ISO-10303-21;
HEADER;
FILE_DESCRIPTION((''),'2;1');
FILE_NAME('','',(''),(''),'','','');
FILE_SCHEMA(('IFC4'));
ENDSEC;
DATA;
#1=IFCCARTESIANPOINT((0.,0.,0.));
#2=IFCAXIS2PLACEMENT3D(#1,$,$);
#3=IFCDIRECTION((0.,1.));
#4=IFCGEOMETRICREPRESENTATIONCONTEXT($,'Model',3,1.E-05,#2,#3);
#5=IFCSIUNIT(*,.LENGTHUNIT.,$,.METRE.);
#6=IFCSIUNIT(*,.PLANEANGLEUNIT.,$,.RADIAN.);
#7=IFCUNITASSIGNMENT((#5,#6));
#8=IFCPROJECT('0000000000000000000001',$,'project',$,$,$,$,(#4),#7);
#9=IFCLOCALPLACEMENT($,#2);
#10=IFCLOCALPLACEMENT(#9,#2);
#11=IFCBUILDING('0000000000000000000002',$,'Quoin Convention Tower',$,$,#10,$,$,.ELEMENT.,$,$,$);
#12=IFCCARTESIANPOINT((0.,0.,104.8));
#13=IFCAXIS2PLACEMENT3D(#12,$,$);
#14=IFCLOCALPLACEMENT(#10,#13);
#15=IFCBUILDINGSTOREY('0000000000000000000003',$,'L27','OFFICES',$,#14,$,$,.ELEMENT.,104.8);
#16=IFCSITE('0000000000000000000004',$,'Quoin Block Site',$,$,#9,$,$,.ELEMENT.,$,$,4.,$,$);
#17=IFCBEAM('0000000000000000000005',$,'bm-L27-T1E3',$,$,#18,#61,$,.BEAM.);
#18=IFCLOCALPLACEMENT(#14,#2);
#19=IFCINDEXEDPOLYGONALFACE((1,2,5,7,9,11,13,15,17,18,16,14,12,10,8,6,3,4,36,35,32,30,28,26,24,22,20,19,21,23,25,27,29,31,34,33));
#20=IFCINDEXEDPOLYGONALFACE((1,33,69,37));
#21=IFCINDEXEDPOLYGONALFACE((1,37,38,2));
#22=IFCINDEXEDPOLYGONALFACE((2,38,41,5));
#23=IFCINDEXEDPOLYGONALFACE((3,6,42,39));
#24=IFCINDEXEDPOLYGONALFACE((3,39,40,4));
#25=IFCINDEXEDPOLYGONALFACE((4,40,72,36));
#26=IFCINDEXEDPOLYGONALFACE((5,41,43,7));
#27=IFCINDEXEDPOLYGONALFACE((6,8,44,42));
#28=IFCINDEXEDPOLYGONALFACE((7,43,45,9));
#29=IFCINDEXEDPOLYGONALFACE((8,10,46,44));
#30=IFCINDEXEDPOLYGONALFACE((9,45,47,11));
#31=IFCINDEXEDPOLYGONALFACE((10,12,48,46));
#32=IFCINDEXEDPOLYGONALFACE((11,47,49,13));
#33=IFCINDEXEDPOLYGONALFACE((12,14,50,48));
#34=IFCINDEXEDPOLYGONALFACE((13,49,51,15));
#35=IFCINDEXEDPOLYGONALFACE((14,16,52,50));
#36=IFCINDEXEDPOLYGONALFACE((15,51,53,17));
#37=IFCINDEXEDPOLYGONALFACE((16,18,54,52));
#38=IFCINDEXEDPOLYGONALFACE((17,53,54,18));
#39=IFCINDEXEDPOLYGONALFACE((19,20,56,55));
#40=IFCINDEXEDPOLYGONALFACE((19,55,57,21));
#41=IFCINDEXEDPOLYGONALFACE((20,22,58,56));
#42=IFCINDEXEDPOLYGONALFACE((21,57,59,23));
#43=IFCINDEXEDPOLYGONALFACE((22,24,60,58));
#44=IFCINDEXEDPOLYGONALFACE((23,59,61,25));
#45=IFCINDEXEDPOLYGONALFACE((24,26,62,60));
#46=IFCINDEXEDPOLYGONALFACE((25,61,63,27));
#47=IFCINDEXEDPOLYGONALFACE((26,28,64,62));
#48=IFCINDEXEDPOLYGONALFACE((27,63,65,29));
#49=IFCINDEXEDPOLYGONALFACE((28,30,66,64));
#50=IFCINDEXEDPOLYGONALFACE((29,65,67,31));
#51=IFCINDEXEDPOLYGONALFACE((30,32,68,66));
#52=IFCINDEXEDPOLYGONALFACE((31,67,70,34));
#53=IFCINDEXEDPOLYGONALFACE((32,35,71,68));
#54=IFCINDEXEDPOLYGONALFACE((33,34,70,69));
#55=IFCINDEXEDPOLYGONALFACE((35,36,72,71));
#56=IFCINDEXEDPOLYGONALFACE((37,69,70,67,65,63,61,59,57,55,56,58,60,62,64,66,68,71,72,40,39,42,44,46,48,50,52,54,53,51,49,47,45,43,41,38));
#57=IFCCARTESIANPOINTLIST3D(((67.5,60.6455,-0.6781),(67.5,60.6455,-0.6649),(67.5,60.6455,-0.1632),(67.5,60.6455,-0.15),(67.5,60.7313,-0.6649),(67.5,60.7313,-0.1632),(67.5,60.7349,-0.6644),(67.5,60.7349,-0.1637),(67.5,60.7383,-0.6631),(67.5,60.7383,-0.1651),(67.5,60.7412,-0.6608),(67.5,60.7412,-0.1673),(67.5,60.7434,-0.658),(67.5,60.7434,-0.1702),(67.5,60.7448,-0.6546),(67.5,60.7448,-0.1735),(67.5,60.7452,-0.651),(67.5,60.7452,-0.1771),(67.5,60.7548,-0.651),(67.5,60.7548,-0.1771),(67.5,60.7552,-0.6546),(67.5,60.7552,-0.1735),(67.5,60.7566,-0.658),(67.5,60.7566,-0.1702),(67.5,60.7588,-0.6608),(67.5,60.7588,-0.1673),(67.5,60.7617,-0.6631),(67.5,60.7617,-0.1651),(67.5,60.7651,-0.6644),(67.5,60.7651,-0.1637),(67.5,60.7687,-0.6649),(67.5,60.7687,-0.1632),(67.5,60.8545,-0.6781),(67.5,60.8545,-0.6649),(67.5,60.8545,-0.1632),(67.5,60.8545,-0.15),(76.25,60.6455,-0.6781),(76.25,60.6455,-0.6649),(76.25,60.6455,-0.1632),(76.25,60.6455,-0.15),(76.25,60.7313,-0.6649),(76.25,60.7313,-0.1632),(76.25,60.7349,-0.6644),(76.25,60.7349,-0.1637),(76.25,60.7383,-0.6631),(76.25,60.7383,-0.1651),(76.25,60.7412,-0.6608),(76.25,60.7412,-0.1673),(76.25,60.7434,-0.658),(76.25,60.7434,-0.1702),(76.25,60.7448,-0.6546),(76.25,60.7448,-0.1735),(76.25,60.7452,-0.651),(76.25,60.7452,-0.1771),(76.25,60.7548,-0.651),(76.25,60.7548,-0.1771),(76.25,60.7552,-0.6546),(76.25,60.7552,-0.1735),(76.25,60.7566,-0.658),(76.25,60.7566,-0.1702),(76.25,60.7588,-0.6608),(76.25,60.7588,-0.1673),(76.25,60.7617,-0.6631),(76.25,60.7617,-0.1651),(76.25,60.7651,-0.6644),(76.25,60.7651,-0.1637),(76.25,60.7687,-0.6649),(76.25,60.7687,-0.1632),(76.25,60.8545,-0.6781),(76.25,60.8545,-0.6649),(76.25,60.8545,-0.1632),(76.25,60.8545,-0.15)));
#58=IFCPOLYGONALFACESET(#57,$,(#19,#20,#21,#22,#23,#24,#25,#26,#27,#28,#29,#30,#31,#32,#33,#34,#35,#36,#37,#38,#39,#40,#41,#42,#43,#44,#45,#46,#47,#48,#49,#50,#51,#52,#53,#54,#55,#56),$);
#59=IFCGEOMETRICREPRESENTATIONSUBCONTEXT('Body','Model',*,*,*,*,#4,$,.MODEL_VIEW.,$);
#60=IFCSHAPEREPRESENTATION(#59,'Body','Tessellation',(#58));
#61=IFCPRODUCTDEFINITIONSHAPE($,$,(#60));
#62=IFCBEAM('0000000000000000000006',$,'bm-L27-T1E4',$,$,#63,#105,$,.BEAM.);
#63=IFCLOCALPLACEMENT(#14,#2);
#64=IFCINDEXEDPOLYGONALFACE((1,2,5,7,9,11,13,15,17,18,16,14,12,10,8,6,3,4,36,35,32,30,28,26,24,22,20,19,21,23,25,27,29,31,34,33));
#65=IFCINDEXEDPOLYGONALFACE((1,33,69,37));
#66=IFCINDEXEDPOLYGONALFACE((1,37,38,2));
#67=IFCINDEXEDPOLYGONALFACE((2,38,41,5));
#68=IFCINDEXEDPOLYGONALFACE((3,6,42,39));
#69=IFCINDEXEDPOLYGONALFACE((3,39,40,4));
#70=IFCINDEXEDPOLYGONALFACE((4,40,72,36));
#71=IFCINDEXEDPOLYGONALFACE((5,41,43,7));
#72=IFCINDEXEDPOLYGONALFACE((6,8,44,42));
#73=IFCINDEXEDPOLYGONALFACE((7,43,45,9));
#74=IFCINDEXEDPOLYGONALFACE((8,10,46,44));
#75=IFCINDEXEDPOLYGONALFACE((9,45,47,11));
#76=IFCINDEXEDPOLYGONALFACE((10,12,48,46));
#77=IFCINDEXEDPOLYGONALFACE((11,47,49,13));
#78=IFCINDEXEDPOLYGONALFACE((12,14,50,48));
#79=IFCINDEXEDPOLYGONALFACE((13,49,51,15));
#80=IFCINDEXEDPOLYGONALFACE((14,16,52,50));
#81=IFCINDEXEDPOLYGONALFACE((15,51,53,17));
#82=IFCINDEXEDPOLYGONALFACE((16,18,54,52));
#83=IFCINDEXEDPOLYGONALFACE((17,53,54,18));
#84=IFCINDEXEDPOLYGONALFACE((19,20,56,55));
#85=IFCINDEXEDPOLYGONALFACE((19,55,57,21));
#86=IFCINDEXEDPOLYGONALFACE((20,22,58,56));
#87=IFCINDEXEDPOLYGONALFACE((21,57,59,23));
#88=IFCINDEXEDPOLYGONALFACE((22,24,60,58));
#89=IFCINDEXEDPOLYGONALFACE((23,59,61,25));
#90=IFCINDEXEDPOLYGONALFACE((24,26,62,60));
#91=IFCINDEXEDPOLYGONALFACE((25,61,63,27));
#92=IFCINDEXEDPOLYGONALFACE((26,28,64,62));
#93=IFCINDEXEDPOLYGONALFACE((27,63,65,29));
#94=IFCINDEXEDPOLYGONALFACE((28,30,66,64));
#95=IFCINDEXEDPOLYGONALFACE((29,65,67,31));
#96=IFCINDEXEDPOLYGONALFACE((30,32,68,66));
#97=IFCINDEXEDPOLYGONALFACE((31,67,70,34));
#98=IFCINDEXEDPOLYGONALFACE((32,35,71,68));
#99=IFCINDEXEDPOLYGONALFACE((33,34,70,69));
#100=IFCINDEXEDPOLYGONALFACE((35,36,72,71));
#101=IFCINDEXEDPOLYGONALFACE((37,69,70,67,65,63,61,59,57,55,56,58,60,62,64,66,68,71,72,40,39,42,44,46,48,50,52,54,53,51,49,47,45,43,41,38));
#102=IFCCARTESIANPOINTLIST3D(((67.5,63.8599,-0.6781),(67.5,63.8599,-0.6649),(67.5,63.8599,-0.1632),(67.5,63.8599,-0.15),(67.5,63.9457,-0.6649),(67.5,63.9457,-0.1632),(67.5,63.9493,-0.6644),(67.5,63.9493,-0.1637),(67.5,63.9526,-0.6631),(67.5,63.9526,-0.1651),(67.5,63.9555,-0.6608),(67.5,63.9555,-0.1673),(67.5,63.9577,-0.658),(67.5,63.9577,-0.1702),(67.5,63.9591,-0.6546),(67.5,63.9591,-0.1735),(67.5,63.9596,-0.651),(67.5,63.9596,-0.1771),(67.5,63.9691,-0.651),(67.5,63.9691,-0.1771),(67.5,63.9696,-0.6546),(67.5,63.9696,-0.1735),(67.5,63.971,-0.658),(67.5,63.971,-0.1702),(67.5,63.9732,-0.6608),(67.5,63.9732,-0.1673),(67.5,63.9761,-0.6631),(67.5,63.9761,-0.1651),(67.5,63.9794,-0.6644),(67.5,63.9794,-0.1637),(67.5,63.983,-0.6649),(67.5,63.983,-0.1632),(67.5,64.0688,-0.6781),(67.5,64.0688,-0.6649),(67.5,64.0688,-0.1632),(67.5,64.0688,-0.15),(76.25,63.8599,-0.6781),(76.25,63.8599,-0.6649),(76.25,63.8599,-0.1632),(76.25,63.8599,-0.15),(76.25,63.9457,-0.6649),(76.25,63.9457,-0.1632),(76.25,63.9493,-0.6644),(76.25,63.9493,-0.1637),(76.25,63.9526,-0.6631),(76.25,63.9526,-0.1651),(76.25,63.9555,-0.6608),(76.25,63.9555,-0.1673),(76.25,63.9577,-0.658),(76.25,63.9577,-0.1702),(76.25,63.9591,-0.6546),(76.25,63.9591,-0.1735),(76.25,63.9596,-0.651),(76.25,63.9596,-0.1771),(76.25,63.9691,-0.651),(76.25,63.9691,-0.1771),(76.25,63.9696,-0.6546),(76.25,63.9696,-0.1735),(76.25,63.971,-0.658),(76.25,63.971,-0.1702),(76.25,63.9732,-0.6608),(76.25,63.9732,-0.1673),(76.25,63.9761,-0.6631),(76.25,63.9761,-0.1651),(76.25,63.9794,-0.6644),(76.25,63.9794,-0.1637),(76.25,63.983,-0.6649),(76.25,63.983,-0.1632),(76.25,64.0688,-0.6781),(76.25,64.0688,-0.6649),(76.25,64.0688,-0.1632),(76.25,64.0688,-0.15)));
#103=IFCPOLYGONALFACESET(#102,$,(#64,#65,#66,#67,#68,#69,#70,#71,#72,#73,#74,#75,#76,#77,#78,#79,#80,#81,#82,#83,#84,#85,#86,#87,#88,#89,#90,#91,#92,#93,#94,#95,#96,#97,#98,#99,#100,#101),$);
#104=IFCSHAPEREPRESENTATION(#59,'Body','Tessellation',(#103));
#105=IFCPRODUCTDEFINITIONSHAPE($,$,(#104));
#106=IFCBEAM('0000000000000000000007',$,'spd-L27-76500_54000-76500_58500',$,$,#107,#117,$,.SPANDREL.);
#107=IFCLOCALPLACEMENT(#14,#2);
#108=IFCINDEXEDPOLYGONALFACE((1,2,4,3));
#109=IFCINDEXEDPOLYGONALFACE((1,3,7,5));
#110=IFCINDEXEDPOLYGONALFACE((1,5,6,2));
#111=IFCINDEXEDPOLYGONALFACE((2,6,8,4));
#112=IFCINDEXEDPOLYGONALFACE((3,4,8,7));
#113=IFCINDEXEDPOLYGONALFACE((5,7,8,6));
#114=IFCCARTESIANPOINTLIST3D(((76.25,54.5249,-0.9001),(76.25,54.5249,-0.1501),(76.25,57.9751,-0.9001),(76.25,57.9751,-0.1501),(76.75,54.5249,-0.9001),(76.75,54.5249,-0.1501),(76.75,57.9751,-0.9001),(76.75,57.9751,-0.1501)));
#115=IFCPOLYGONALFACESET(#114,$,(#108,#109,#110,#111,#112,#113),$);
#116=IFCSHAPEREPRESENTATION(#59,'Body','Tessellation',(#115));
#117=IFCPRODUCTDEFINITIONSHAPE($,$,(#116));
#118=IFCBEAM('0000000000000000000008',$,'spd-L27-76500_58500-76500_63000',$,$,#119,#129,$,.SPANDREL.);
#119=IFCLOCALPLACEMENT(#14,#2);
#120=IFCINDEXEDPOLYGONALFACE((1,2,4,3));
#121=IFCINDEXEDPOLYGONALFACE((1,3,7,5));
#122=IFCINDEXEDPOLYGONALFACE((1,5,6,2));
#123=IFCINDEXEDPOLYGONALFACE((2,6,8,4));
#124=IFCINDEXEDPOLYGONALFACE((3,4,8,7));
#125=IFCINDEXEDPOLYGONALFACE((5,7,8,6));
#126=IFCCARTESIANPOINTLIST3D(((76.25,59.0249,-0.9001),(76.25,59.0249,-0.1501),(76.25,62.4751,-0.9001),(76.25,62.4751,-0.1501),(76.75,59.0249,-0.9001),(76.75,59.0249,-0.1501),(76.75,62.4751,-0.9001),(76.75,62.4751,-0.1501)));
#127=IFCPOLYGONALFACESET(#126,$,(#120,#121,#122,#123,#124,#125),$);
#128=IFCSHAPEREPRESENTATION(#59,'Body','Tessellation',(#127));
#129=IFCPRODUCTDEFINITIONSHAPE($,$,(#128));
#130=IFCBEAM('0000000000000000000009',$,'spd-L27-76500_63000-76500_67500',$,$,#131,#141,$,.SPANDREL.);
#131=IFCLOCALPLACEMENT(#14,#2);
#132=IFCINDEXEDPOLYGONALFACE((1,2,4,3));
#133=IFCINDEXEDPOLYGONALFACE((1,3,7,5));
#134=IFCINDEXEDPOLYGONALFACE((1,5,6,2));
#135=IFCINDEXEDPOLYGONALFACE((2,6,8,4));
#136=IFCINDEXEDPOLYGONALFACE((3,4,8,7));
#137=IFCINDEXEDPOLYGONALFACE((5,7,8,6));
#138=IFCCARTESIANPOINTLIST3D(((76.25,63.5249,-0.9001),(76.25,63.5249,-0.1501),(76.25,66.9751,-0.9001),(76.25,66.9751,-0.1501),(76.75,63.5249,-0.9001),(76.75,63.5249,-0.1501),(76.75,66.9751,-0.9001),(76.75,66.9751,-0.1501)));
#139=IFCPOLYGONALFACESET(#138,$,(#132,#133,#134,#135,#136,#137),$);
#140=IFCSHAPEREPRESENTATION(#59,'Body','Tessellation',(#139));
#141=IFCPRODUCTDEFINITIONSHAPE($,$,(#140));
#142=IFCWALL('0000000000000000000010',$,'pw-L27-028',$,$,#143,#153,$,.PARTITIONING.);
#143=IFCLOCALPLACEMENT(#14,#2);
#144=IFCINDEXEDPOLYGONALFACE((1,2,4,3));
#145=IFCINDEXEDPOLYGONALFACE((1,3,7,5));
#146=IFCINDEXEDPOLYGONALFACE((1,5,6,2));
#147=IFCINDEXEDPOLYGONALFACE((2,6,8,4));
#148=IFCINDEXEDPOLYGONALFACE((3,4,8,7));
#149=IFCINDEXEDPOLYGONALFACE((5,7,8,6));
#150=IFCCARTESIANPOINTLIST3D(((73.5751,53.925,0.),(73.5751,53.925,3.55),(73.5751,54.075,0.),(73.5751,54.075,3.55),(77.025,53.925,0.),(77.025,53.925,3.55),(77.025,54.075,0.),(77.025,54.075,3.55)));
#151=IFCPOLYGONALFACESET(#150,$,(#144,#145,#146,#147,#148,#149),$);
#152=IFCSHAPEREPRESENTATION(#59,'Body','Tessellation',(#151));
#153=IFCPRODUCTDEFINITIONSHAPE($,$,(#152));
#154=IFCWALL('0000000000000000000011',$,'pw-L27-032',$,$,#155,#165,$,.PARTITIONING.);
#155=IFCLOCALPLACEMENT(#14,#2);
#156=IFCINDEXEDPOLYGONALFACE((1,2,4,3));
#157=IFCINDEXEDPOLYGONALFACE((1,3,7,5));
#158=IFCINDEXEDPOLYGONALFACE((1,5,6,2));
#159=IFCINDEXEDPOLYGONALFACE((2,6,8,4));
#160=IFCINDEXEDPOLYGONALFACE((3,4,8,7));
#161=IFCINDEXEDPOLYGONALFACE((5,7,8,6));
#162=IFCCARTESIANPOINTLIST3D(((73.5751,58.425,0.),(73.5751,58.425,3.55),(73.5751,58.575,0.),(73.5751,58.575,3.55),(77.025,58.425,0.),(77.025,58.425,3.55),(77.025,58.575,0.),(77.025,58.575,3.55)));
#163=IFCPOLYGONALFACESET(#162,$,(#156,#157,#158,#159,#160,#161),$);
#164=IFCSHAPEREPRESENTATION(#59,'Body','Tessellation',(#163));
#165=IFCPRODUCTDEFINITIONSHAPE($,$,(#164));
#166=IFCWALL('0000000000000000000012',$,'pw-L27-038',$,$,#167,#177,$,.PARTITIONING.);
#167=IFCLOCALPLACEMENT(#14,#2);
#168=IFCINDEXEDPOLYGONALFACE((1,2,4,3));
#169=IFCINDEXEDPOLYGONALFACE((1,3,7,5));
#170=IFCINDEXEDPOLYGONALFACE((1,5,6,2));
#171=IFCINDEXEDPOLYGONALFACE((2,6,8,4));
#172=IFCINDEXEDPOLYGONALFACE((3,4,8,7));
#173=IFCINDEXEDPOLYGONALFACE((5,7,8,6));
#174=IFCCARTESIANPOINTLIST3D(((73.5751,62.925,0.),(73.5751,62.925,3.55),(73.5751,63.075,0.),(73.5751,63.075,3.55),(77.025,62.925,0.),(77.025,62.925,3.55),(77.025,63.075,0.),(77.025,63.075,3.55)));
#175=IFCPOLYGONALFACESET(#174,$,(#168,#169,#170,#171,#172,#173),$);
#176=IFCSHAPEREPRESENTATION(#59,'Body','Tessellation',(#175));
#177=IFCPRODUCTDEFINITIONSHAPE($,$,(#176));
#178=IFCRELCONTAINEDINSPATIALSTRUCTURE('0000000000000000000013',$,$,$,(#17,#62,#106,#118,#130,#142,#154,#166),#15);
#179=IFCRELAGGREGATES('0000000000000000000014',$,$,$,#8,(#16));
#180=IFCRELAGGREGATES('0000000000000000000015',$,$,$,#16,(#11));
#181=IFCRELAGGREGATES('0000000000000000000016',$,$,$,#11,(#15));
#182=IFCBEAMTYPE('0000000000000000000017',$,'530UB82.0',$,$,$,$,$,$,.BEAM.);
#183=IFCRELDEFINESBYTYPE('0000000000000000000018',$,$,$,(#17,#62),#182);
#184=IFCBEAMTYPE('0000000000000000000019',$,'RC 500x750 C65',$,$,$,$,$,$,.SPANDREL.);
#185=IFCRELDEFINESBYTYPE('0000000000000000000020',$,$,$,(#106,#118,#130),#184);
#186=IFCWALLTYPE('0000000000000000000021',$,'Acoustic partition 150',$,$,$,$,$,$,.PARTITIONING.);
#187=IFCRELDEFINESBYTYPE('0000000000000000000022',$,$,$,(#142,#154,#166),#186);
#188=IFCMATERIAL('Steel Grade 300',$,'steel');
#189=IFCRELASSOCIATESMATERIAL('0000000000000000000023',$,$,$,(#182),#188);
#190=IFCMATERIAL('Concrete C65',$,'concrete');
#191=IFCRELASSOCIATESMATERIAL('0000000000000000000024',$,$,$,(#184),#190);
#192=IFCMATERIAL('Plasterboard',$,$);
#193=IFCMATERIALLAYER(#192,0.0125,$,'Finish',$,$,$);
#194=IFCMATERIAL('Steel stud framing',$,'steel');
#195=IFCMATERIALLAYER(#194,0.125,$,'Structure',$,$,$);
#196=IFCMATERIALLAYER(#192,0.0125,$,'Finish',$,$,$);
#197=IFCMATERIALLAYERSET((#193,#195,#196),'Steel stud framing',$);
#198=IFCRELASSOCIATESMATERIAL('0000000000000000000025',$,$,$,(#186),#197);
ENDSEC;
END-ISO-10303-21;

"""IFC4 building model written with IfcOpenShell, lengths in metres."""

from ifc_helpers import new_model, si_unit, direction, frame, frame_2d, origin, origin_2d, place, context, subcontext, project, spatial, rectangle, i_section, extrude, material, layer, layer_set, material_profile, profile_set, type_object, element, save


model = new_model("IFC4")

# Units and contexts
model_context = context("Model", 3, precision=1e-05, world=origin(), true_north=direction((0.0, 1.0)))
body_context = subcontext(model_context, "Body", "Model", "MODEL_VIEW")
ifc_project = project(units=[si_unit("LENGTHUNIT", "METRE"), si_unit("PLANEANGLEUNIT", "RADIAN")], contexts=[model_context])

# Site, building, storey
site_placement = place(None, origin())
site = spatial("IfcSite", under=ifc_project, at=site_placement, Name="Quoin Block Site", CompositionType="ELEMENT", RefElevation=4.0)
building_placement = place(site_placement, origin())
building = spatial("IfcBuilding", under=site, at=building_placement, Name="Quoin Convention Tower", CompositionType="ELEMENT")
storey_placement = place(building_placement, frame((0.0, 0.0, 104.8)))
storey = spatial("IfcBuildingStorey", under=building, at=storey_placement, Name="L27", Description="OFFICES", CompositionType="ELEMENT", Elevation=104.8)

# Shared definitions
ifc_material_1 = material(Name="Concrete C65", Category="concrete")

# Beams
ifc_material_2 = material(Name="Steel Grade 300", Category="steel")
ifc_material_profile_1 = material_profile(ifc_material_2, i_section(OverallWidth=0.209, OverallDepth=0.5281, WebThickness=0.0095, FlangeThickness=0.0132, FilletRadius=0.0139, at=origin_2d()), Name="530UB82.0")
ifc_profile_set_1 = profile_set([ifc_material_profile_1], Name="Steel Grade 300")
beam_type_1 = type_object("IfcBeamType", Name="530UB82.0", PredefinedType="BEAM", material=ifc_profile_set_1)
for number, where, z_axis, x_axis, name in (
    (1, (67.5, 60.75, -0.4141), (1.0, 0.0, 0.0), (0.0, 1.0, 0.0), "bm-L27-T1E3"),
    (2, (67.5, 63.9644, -0.4141), (1.0, 0.0, 0.0), (0.0, 1.0, 0.0), "bm-L27-T1E4"),
):
    element("IfcBeam", number, at=place(storey_placement, frame(where, z_axis=z_axis, x_axis=x_axis)), inside=storey, type_object=beam_type_1, Name=name, PredefinedType="BEAM", context=body_context, shape_type="SweptSolid", body=[
        extrude(i_section(OverallWidth=0.209, OverallDepth=0.5281, WebThickness=0.0095, FlangeThickness=0.0132, FilletRadius=0.0139, at=origin_2d()), origin(), (0.0, 0.0, 1.0), 8.75),
    ])
ifc_material_profile_2 = material_profile(ifc_material_1, rectangle(XDim=0.5, YDim=0.75, at=origin_2d()), Name="RC 500x750")
ifc_profile_set_2 = profile_set([ifc_material_profile_2], Name="Concrete C65")
beam_type_2 = type_object("IfcBeamType", Name="RC 500x750 C65", PredefinedType="SPANDREL", material=ifc_profile_set_2)
for number, where, z_axis, x_axis, name in (
    (3, (76.5, 54.5249, -0.5251), (0.0, 1.0, 0.0), (-1.0, 0.0, 0.0), "spd-L27-76500_54000-76500_58500"),
    (4, (76.5, 59.0249, -0.5251), (0.0, 1.0, 0.0), (-1.0, 0.0, 0.0), "spd-L27-76500_58500-76500_63000"),
    (5, (76.5, 63.5249, -0.5251), (0.0, 1.0, 0.0), (-1.0, 0.0, 0.0), "spd-L27-76500_63000-76500_67500"),
):
    element("IfcBeam", number, at=place(storey_placement, frame(where, z_axis=z_axis, x_axis=x_axis)), inside=storey, type_object=beam_type_2, Name=name, PredefinedType="SPANDREL", context=body_context, shape_type="SweptSolid", body=[
        extrude(rectangle(XDim=0.5, YDim=0.75, at=origin_2d()), origin(), (0.0, 0.0, 1.0), 3.4502),
    ])

# Walls
ifc_material_3 = material(Name="Plasterboard")
ifc_layer_1 = layer(ifc_material_3, 0.0125, Name="Finish")
ifc_material_4 = material(Name="Steel stud framing", Category="steel")
ifc_layer_2 = layer(ifc_material_4, 0.125, Name="Structure")
ifc_layer_3 = layer(ifc_material_3, 0.0125, Name="Finish")
ifc_layer_set_1 = layer_set([ifc_layer_1, ifc_layer_2, ifc_layer_3], Name="Steel stud framing")
wall_type_1 = type_object("IfcWallType", Name="Acoustic partition 150", PredefinedType="PARTITIONING", material=ifc_layer_set_1)
for number, where, z_axis, x_axis, name in (
    (6, (73.575, 54.0, 0.0), (0.0, 0.0, 1.0), (1.0, 0.0, 0.0), "pw-L27-028"),
    (7, (73.575, 58.5, 0.0), (0.0, 0.0, 1.0), (1.0, 0.0, 0.0), "pw-L27-032"),
    (8, (73.575, 63.0, 0.0), (0.0, 0.0, 1.0), (1.0, 0.0, 0.0), "pw-L27-038"),
):
    element("IfcWall", number, at=place(storey_placement, frame(where, z_axis=z_axis, x_axis=x_axis)), inside=storey, type_object=wall_type_1, Name=name, PredefinedType="PARTITIONING", context=body_context, shape_type="SweptSolid", body=[
        extrude(rectangle(XDim=3.45, YDim=0.1499, at=frame_2d((1.7251, 0.0))), origin(), (0.0, 0.0, 1.0), 3.55),
    ])

save(model, "model.ifc")
